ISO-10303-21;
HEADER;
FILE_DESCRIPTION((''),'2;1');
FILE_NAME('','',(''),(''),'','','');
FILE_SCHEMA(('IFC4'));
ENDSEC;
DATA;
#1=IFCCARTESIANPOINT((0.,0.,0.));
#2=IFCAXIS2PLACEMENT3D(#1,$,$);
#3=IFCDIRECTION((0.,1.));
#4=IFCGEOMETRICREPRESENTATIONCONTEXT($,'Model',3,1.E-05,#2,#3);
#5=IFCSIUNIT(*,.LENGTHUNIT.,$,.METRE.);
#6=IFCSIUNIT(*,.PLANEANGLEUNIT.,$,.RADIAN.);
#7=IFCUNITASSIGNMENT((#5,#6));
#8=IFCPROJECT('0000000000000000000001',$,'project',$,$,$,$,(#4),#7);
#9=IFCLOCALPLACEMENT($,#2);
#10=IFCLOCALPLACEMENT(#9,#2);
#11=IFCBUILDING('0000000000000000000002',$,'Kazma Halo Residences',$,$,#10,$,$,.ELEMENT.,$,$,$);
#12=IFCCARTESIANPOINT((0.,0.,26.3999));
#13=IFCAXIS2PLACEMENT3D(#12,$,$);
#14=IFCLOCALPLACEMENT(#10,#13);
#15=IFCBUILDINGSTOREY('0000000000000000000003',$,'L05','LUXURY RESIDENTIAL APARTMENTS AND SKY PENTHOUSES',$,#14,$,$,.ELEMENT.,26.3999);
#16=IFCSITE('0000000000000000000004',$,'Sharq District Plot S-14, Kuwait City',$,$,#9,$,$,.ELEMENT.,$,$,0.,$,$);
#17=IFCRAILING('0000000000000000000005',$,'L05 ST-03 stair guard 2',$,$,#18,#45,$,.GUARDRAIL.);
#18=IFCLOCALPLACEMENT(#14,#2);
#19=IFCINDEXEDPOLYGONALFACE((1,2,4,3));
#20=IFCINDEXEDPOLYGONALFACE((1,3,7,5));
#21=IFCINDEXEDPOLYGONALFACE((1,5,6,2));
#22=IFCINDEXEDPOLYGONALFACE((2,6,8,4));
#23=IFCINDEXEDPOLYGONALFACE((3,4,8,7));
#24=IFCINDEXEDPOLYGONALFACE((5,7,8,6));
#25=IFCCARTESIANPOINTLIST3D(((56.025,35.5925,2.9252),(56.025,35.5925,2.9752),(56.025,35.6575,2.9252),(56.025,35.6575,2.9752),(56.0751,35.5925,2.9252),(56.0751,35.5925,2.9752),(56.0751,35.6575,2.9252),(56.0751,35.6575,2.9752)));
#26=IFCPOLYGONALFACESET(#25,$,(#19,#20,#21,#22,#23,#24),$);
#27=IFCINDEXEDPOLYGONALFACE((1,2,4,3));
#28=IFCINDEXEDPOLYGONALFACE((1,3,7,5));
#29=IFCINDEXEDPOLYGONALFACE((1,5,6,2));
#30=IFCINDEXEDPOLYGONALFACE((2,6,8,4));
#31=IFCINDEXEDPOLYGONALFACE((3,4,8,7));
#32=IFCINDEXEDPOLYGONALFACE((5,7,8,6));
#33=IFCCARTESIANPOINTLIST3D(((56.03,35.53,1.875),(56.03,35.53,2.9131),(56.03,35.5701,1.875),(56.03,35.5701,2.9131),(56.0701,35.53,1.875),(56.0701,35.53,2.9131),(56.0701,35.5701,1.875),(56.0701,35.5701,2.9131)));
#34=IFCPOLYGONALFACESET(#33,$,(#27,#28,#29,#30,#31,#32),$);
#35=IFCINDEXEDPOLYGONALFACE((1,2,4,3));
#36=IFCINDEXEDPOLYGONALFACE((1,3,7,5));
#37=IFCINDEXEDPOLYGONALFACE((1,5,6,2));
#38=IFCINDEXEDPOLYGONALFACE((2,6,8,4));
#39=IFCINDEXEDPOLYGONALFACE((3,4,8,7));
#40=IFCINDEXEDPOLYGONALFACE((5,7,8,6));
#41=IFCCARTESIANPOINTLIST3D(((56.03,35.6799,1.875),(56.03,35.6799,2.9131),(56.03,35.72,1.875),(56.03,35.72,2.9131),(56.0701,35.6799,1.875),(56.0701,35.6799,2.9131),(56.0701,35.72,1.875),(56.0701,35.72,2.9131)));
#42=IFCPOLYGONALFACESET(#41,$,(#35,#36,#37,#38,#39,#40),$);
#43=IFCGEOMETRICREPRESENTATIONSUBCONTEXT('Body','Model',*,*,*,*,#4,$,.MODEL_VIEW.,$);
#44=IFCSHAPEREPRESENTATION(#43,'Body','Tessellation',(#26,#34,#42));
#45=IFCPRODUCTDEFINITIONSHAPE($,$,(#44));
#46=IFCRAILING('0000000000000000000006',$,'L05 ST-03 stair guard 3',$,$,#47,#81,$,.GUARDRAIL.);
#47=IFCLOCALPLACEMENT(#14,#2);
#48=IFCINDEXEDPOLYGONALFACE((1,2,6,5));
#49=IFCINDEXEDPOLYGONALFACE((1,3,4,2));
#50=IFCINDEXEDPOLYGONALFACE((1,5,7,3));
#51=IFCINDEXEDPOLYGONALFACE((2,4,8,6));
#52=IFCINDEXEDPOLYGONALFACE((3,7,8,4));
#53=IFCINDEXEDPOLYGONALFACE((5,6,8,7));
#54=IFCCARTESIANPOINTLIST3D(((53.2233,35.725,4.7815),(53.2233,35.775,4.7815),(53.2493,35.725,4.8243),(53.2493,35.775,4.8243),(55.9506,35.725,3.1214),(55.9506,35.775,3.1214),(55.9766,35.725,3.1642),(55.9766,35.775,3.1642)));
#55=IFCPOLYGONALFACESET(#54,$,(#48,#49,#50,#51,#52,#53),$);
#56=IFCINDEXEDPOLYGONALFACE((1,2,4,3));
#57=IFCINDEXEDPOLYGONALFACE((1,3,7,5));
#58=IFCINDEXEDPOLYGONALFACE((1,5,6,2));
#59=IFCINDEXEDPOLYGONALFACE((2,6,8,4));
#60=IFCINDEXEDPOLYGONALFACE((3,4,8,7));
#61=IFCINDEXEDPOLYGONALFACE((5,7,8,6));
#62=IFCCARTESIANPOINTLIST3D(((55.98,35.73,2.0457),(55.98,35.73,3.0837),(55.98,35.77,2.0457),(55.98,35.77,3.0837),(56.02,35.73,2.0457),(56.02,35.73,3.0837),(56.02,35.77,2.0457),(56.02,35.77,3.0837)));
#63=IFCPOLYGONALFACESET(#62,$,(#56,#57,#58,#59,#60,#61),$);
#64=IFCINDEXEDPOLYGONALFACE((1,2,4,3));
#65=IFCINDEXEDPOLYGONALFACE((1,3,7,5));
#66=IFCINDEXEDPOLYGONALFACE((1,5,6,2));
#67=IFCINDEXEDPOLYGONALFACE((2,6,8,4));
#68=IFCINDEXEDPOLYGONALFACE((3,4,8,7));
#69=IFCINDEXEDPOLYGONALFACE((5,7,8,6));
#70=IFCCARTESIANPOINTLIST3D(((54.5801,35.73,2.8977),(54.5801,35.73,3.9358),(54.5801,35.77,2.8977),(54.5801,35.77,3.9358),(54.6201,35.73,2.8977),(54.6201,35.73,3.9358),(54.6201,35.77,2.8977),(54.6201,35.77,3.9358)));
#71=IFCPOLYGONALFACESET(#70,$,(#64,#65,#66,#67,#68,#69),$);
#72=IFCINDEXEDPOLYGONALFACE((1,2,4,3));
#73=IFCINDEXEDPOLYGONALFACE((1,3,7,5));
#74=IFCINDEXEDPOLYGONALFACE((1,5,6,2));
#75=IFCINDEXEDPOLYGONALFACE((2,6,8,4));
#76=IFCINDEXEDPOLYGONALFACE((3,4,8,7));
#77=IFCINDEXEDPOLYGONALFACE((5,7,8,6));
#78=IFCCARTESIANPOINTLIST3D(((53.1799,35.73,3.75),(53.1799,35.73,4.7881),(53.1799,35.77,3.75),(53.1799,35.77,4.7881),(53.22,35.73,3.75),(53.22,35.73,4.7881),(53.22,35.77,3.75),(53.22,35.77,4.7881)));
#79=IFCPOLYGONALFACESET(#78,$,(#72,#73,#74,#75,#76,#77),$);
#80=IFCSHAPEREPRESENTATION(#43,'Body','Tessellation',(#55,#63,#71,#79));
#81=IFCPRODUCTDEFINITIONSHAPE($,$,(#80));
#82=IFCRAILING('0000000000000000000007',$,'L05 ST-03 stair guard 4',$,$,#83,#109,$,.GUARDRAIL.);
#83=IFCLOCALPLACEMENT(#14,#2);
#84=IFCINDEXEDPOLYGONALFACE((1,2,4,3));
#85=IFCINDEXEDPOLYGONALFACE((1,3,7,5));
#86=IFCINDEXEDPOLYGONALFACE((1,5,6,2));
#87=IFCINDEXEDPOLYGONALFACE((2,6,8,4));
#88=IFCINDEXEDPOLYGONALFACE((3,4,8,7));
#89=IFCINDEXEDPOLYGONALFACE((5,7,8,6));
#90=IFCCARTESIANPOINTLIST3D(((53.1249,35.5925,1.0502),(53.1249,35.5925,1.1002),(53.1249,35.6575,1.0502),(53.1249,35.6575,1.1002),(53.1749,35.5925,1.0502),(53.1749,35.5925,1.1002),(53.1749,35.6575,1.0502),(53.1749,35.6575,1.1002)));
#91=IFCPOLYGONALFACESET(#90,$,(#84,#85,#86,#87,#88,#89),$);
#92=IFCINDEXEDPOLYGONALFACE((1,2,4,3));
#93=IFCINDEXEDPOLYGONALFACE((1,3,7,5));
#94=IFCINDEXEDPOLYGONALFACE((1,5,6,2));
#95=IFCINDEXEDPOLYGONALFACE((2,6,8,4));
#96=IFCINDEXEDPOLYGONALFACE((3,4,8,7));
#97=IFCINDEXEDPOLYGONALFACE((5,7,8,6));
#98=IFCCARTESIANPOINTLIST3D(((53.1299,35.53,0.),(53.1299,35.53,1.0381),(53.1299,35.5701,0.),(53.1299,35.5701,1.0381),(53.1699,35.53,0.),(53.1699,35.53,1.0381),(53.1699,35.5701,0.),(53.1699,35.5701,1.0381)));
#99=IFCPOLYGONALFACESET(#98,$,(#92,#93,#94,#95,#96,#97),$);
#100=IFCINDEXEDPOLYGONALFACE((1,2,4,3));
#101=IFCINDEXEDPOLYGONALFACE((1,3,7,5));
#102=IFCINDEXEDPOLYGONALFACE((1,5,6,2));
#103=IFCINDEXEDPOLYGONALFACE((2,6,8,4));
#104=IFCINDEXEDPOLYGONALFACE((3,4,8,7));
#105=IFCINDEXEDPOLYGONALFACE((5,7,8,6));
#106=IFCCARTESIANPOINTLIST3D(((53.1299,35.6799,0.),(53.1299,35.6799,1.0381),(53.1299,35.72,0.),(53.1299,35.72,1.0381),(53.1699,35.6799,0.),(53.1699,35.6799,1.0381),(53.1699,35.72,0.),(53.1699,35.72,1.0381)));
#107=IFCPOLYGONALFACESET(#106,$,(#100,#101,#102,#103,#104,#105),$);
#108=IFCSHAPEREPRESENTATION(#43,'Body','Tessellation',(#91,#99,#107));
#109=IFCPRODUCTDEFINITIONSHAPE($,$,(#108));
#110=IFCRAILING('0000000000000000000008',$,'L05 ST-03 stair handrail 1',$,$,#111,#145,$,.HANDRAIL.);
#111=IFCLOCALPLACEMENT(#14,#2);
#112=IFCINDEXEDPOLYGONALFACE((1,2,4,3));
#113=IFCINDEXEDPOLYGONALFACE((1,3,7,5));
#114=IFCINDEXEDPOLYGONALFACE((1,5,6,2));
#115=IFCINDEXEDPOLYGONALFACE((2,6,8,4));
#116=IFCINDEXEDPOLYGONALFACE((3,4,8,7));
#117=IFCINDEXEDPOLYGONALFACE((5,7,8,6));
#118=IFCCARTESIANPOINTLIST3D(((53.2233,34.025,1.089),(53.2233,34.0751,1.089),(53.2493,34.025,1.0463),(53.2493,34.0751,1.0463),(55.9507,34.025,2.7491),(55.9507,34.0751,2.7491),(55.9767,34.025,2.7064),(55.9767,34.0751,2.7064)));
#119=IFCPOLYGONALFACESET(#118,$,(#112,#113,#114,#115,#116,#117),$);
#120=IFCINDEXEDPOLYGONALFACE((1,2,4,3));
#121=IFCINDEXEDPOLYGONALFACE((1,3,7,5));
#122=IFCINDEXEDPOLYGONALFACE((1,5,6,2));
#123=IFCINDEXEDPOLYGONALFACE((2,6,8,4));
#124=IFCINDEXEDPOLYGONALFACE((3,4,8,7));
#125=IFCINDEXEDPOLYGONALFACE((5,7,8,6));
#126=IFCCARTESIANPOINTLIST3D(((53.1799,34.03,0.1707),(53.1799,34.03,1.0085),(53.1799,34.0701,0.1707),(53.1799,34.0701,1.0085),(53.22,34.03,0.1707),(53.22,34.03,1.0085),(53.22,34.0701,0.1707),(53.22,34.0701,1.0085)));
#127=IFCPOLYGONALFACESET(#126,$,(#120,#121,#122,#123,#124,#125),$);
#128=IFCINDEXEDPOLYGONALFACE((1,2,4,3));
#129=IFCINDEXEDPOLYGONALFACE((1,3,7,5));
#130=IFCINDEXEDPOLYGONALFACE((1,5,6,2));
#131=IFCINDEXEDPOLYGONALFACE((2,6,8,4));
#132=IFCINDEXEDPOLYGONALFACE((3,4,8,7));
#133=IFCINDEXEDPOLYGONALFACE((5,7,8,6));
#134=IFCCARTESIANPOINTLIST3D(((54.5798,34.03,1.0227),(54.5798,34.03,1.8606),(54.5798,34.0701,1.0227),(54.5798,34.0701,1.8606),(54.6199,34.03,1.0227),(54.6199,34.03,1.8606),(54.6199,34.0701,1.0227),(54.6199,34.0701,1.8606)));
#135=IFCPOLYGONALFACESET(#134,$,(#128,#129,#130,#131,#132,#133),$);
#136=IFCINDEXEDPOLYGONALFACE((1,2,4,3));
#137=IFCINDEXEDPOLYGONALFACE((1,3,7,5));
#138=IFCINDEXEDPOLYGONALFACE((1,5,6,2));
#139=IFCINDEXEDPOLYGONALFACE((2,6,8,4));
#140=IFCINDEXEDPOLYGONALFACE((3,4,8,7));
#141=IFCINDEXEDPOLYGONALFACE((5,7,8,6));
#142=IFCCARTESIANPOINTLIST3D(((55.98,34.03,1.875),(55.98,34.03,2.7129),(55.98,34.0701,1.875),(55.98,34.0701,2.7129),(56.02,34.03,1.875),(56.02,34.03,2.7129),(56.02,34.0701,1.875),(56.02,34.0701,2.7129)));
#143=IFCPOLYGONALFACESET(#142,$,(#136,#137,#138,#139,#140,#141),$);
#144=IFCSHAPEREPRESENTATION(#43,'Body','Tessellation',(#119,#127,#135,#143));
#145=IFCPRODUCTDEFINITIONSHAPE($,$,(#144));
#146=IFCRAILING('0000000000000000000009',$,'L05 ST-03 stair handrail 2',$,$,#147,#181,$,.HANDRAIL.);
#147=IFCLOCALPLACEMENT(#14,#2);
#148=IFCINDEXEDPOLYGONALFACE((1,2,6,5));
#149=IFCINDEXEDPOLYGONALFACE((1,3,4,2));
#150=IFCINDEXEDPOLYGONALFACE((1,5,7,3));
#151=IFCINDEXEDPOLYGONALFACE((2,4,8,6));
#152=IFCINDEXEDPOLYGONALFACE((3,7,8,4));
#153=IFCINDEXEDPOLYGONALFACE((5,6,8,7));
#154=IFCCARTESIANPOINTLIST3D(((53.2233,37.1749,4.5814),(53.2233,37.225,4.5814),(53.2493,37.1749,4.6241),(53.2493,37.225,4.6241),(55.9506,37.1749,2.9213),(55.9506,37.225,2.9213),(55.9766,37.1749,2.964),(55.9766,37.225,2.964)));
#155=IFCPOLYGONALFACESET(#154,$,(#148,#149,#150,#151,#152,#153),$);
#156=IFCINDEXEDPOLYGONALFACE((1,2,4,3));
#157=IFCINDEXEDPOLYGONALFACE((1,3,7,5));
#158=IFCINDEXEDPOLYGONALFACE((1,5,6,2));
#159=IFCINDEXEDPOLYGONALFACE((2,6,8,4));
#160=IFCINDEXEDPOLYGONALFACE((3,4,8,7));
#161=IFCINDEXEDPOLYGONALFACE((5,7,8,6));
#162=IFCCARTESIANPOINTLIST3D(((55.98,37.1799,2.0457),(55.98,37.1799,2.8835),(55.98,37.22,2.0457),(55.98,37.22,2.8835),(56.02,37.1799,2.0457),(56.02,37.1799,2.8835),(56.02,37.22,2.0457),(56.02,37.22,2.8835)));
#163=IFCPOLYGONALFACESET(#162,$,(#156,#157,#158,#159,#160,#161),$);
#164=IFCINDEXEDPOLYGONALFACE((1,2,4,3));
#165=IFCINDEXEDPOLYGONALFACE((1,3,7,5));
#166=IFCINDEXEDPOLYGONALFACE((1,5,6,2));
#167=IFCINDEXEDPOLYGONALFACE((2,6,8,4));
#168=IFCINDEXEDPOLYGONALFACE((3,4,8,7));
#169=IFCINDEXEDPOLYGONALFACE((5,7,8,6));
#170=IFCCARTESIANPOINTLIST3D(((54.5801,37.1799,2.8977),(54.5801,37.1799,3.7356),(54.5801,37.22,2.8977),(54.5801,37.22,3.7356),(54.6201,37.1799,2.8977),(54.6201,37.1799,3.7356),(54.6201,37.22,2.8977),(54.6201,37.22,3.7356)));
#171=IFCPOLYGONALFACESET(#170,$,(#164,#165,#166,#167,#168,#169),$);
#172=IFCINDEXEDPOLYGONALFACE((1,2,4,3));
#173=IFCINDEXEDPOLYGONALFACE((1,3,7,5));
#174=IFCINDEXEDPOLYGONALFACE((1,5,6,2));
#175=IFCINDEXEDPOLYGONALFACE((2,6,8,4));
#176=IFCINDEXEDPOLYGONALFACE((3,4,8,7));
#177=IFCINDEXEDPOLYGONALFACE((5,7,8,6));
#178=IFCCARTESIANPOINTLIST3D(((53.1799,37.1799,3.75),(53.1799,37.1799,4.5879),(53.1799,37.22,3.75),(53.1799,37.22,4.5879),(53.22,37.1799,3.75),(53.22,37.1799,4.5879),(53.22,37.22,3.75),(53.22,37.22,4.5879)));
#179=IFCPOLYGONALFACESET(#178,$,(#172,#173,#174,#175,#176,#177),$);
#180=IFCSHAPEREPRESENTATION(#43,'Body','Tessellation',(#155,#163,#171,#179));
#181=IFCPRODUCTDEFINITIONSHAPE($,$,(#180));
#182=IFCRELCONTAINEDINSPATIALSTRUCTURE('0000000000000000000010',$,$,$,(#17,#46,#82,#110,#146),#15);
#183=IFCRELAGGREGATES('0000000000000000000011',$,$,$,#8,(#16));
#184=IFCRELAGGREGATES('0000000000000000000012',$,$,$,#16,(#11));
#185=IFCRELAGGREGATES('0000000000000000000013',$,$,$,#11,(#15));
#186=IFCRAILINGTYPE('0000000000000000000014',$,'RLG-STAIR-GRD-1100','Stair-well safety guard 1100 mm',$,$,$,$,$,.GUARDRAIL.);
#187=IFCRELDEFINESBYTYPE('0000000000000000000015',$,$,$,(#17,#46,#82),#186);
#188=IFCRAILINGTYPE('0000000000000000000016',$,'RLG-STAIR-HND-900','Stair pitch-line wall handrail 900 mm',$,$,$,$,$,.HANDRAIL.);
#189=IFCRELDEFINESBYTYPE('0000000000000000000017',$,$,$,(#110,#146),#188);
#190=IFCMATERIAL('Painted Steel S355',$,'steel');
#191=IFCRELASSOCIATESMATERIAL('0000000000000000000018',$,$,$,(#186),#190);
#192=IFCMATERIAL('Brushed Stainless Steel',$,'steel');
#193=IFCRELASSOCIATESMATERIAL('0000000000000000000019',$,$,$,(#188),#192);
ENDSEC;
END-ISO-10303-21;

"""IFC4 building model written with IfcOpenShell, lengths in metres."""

from ifc_helpers import new_model, si_unit, direction, frame, origin, origin_2d, place, context, subcontext, project, spatial, rectangle, extrude, material, type_object, element, save


model = new_model("IFC4")

# Units and contexts
model_context = context("Model", 3, precision=1e-05, world=origin(), true_north=direction((0.0, 1.0)))
body_context = subcontext(model_context, "Body", "Model", "MODEL_VIEW")
ifc_project = project(units=[si_unit("LENGTHUNIT", "METRE"), si_unit("PLANEANGLEUNIT", "RADIAN")], contexts=[model_context])

# Site, building, storey
site_placement = place(None, origin())
site = spatial("IfcSite", under=ifc_project, at=site_placement, Name="Sharq District Plot S-14, Kuwait City", CompositionType="ELEMENT", RefElevation=0.0)
building_placement = place(site_placement, origin())
building = spatial("IfcBuilding", under=site, at=building_placement, Name="Kazma Halo Residences", CompositionType="ELEMENT")
storey_placement = place(building_placement, frame((0.0, 0.0, 26.3999)))
storey = spatial("IfcBuildingStorey", under=building, at=storey_placement, Name="L05", Description="LUXURY RESIDENTIAL APARTMENTS AND SKY PENTHOUSES", CompositionType="ELEMENT", Elevation=26.3999)

# Railings
ifc_material_1 = material(Name="Painted Steel S355", Category="steel")
railing_type_1 = type_object("IfcRailingType", Name="RLG-STAIR-GRD-1100", Description="Stair-well safety guard 1100 mm", PredefinedType="GUARDRAIL", material=ifc_material_1)
railing_1_placement = place(storey_placement, frame((56.05, 35.55, 1.875)))
element("IfcRailing", 1, at=railing_1_placement, inside=storey, type_object=railing_type_1, Name="L05 ST-03 stair guard 2", PredefinedType="GUARDRAIL", context=body_context, shape_type="SweptSolid", body=[
    extrude(rectangle(XDim=0.05, YDim=0.05, at=origin_2d()), frame((0.0, 0.0425, 1.0752), z_axis=(0.0, 1.0, 0.0), x_axis=(-1.0, 0.0, 0.0)), (0.0, 0.0, 1.0), 0.0649),
    extrude(rectangle(XDim=0.04, YDim=0.04, at=origin_2d()), origin(), (0.0, 0.0, 1.0), 1.0381),
    extrude(rectangle(XDim=0.04, YDim=0.04, at=origin_2d()), frame((0.0, 0.1499, 0.0)), (0.0, 0.0, 1.0), 1.0381),
])
railing_2_placement = place(storey_placement, frame((56.0, 35.75, 2.0457)))
element("IfcRailing", 2, at=railing_2_placement, inside=storey, type_object=railing_type_1, Name="L05 ST-03 stair guard 3", PredefinedType="GUARDRAIL", context=body_context, shape_type="SweptSolid", body=[
    extrude(rectangle(XDim=0.05, YDim=0.05, at=origin_2d()), frame((-0.0364, 0.0, 1.0972), z_axis=(-0.854203, 0.0, 0.51994), x_axis=(0.0, -1.0, 0.0)), (0.0, 0.0, 1.0), 3.1929),
    extrude(rectangle(XDim=0.04, YDim=0.04, at=origin_2d()), origin(), (0.0, 0.0, 1.0), 1.0381),
    extrude(rectangle(XDim=0.04, YDim=0.04, at=origin_2d()), frame((-1.3999, 0.0, 0.8521)), (0.0, 0.0, 1.0), 1.0381),
    extrude(rectangle(XDim=0.04, YDim=0.04, at=origin_2d()), frame((-2.8, 0.0, 1.7043)), (0.0, 0.0, 1.0), 1.0381),
])
railing_3_placement = place(storey_placement, frame((53.1499, 35.55, 0.0)))
element("IfcRailing", 3, at=railing_3_placement, inside=storey, type_object=railing_type_1, Name="L05 ST-03 stair guard 4", PredefinedType="GUARDRAIL", context=body_context, shape_type="SweptSolid", body=[
    extrude(rectangle(XDim=0.05, YDim=0.05, at=origin_2d()), frame((0.0, 0.0425, 1.0752), z_axis=(0.0, 1.0, 0.0), x_axis=(-1.0, 0.0, 0.0)), (0.0, 0.0, 1.0), 0.0649),
    extrude(rectangle(XDim=0.04, YDim=0.04, at=origin_2d()), origin(), (0.0, 0.0, 1.0), 1.0381),
    extrude(rectangle(XDim=0.04, YDim=0.04, at=origin_2d()), frame((0.0, 0.1499, 0.0)), (0.0, 0.0, 1.0), 1.0381),
])
ifc_material_2 = material(Name="Brushed Stainless Steel", Category="steel")
railing_type_2 = type_object("IfcRailingType", Name="RLG-STAIR-HND-900", Description="Stair pitch-line wall handrail 900 mm", PredefinedType="HANDRAIL", material=ifc_material_2)
railing_4_placement = place(storey_placement, frame((53.2, 34.05, 0.1707)))
element("IfcRailing", 4, at=railing_4_placement, inside=storey, type_object=railing_type_2, Name="L05 ST-03 stair handrail 1", PredefinedType="HANDRAIL", context=body_context, shape_type="SweptSolid", body=[
    extrude(rectangle(XDim=0.05, YDim=0.05, at=origin_2d()), frame((0.0364, 0.0, 0.897), z_axis=(0.854203, 0.0, 0.51994), x_axis=(0.0, 1.0, 0.0)), (0.0, 0.0, 1.0), 3.1929),
    extrude(rectangle(XDim=0.04, YDim=0.04, at=origin_2d()), origin(), (0.0, 0.0, 1.0), 0.8379),
    extrude(rectangle(XDim=0.04, YDim=0.04, at=origin_2d()), frame((1.3999, 0.0, 0.8521)), (0.0, 0.0, 1.0), 0.8379),
    extrude(rectangle(XDim=0.04, YDim=0.04, at=origin_2d()), frame((2.8, 0.0, 1.7043)), (0.0, 0.0, 1.0), 0.8379),
])
railing_5_placement = place(storey_placement, frame((56.0, 37.2, 2.0457)))
element("IfcRailing", 5, at=railing_5_placement, inside=storey, type_object=railing_type_2, Name="L05 ST-03 stair handrail 2", PredefinedType="HANDRAIL", context=body_context, shape_type="SweptSolid", body=[
    extrude(rectangle(XDim=0.05, YDim=0.05, at=origin_2d()), frame((-0.0364, 0.0, 0.897), z_axis=(-0.854203, 0.0, 0.51994), x_axis=(0.0, -1.0, 0.0)), (0.0, 0.0, 1.0), 3.1929),
    extrude(rectangle(XDim=0.04, YDim=0.04, at=origin_2d()), origin(), (0.0, 0.0, 1.0), 0.8379),
    extrude(rectangle(XDim=0.04, YDim=0.04, at=origin_2d()), frame((-1.3999, 0.0, 0.8521)), (0.0, 0.0, 1.0), 0.8379),
    extrude(rectangle(XDim=0.04, YDim=0.04, at=origin_2d()), frame((-2.8, 0.0, 1.7043)), (0.0, 0.0, 1.0), 0.8379),
])

save(model, "model.ifc")
